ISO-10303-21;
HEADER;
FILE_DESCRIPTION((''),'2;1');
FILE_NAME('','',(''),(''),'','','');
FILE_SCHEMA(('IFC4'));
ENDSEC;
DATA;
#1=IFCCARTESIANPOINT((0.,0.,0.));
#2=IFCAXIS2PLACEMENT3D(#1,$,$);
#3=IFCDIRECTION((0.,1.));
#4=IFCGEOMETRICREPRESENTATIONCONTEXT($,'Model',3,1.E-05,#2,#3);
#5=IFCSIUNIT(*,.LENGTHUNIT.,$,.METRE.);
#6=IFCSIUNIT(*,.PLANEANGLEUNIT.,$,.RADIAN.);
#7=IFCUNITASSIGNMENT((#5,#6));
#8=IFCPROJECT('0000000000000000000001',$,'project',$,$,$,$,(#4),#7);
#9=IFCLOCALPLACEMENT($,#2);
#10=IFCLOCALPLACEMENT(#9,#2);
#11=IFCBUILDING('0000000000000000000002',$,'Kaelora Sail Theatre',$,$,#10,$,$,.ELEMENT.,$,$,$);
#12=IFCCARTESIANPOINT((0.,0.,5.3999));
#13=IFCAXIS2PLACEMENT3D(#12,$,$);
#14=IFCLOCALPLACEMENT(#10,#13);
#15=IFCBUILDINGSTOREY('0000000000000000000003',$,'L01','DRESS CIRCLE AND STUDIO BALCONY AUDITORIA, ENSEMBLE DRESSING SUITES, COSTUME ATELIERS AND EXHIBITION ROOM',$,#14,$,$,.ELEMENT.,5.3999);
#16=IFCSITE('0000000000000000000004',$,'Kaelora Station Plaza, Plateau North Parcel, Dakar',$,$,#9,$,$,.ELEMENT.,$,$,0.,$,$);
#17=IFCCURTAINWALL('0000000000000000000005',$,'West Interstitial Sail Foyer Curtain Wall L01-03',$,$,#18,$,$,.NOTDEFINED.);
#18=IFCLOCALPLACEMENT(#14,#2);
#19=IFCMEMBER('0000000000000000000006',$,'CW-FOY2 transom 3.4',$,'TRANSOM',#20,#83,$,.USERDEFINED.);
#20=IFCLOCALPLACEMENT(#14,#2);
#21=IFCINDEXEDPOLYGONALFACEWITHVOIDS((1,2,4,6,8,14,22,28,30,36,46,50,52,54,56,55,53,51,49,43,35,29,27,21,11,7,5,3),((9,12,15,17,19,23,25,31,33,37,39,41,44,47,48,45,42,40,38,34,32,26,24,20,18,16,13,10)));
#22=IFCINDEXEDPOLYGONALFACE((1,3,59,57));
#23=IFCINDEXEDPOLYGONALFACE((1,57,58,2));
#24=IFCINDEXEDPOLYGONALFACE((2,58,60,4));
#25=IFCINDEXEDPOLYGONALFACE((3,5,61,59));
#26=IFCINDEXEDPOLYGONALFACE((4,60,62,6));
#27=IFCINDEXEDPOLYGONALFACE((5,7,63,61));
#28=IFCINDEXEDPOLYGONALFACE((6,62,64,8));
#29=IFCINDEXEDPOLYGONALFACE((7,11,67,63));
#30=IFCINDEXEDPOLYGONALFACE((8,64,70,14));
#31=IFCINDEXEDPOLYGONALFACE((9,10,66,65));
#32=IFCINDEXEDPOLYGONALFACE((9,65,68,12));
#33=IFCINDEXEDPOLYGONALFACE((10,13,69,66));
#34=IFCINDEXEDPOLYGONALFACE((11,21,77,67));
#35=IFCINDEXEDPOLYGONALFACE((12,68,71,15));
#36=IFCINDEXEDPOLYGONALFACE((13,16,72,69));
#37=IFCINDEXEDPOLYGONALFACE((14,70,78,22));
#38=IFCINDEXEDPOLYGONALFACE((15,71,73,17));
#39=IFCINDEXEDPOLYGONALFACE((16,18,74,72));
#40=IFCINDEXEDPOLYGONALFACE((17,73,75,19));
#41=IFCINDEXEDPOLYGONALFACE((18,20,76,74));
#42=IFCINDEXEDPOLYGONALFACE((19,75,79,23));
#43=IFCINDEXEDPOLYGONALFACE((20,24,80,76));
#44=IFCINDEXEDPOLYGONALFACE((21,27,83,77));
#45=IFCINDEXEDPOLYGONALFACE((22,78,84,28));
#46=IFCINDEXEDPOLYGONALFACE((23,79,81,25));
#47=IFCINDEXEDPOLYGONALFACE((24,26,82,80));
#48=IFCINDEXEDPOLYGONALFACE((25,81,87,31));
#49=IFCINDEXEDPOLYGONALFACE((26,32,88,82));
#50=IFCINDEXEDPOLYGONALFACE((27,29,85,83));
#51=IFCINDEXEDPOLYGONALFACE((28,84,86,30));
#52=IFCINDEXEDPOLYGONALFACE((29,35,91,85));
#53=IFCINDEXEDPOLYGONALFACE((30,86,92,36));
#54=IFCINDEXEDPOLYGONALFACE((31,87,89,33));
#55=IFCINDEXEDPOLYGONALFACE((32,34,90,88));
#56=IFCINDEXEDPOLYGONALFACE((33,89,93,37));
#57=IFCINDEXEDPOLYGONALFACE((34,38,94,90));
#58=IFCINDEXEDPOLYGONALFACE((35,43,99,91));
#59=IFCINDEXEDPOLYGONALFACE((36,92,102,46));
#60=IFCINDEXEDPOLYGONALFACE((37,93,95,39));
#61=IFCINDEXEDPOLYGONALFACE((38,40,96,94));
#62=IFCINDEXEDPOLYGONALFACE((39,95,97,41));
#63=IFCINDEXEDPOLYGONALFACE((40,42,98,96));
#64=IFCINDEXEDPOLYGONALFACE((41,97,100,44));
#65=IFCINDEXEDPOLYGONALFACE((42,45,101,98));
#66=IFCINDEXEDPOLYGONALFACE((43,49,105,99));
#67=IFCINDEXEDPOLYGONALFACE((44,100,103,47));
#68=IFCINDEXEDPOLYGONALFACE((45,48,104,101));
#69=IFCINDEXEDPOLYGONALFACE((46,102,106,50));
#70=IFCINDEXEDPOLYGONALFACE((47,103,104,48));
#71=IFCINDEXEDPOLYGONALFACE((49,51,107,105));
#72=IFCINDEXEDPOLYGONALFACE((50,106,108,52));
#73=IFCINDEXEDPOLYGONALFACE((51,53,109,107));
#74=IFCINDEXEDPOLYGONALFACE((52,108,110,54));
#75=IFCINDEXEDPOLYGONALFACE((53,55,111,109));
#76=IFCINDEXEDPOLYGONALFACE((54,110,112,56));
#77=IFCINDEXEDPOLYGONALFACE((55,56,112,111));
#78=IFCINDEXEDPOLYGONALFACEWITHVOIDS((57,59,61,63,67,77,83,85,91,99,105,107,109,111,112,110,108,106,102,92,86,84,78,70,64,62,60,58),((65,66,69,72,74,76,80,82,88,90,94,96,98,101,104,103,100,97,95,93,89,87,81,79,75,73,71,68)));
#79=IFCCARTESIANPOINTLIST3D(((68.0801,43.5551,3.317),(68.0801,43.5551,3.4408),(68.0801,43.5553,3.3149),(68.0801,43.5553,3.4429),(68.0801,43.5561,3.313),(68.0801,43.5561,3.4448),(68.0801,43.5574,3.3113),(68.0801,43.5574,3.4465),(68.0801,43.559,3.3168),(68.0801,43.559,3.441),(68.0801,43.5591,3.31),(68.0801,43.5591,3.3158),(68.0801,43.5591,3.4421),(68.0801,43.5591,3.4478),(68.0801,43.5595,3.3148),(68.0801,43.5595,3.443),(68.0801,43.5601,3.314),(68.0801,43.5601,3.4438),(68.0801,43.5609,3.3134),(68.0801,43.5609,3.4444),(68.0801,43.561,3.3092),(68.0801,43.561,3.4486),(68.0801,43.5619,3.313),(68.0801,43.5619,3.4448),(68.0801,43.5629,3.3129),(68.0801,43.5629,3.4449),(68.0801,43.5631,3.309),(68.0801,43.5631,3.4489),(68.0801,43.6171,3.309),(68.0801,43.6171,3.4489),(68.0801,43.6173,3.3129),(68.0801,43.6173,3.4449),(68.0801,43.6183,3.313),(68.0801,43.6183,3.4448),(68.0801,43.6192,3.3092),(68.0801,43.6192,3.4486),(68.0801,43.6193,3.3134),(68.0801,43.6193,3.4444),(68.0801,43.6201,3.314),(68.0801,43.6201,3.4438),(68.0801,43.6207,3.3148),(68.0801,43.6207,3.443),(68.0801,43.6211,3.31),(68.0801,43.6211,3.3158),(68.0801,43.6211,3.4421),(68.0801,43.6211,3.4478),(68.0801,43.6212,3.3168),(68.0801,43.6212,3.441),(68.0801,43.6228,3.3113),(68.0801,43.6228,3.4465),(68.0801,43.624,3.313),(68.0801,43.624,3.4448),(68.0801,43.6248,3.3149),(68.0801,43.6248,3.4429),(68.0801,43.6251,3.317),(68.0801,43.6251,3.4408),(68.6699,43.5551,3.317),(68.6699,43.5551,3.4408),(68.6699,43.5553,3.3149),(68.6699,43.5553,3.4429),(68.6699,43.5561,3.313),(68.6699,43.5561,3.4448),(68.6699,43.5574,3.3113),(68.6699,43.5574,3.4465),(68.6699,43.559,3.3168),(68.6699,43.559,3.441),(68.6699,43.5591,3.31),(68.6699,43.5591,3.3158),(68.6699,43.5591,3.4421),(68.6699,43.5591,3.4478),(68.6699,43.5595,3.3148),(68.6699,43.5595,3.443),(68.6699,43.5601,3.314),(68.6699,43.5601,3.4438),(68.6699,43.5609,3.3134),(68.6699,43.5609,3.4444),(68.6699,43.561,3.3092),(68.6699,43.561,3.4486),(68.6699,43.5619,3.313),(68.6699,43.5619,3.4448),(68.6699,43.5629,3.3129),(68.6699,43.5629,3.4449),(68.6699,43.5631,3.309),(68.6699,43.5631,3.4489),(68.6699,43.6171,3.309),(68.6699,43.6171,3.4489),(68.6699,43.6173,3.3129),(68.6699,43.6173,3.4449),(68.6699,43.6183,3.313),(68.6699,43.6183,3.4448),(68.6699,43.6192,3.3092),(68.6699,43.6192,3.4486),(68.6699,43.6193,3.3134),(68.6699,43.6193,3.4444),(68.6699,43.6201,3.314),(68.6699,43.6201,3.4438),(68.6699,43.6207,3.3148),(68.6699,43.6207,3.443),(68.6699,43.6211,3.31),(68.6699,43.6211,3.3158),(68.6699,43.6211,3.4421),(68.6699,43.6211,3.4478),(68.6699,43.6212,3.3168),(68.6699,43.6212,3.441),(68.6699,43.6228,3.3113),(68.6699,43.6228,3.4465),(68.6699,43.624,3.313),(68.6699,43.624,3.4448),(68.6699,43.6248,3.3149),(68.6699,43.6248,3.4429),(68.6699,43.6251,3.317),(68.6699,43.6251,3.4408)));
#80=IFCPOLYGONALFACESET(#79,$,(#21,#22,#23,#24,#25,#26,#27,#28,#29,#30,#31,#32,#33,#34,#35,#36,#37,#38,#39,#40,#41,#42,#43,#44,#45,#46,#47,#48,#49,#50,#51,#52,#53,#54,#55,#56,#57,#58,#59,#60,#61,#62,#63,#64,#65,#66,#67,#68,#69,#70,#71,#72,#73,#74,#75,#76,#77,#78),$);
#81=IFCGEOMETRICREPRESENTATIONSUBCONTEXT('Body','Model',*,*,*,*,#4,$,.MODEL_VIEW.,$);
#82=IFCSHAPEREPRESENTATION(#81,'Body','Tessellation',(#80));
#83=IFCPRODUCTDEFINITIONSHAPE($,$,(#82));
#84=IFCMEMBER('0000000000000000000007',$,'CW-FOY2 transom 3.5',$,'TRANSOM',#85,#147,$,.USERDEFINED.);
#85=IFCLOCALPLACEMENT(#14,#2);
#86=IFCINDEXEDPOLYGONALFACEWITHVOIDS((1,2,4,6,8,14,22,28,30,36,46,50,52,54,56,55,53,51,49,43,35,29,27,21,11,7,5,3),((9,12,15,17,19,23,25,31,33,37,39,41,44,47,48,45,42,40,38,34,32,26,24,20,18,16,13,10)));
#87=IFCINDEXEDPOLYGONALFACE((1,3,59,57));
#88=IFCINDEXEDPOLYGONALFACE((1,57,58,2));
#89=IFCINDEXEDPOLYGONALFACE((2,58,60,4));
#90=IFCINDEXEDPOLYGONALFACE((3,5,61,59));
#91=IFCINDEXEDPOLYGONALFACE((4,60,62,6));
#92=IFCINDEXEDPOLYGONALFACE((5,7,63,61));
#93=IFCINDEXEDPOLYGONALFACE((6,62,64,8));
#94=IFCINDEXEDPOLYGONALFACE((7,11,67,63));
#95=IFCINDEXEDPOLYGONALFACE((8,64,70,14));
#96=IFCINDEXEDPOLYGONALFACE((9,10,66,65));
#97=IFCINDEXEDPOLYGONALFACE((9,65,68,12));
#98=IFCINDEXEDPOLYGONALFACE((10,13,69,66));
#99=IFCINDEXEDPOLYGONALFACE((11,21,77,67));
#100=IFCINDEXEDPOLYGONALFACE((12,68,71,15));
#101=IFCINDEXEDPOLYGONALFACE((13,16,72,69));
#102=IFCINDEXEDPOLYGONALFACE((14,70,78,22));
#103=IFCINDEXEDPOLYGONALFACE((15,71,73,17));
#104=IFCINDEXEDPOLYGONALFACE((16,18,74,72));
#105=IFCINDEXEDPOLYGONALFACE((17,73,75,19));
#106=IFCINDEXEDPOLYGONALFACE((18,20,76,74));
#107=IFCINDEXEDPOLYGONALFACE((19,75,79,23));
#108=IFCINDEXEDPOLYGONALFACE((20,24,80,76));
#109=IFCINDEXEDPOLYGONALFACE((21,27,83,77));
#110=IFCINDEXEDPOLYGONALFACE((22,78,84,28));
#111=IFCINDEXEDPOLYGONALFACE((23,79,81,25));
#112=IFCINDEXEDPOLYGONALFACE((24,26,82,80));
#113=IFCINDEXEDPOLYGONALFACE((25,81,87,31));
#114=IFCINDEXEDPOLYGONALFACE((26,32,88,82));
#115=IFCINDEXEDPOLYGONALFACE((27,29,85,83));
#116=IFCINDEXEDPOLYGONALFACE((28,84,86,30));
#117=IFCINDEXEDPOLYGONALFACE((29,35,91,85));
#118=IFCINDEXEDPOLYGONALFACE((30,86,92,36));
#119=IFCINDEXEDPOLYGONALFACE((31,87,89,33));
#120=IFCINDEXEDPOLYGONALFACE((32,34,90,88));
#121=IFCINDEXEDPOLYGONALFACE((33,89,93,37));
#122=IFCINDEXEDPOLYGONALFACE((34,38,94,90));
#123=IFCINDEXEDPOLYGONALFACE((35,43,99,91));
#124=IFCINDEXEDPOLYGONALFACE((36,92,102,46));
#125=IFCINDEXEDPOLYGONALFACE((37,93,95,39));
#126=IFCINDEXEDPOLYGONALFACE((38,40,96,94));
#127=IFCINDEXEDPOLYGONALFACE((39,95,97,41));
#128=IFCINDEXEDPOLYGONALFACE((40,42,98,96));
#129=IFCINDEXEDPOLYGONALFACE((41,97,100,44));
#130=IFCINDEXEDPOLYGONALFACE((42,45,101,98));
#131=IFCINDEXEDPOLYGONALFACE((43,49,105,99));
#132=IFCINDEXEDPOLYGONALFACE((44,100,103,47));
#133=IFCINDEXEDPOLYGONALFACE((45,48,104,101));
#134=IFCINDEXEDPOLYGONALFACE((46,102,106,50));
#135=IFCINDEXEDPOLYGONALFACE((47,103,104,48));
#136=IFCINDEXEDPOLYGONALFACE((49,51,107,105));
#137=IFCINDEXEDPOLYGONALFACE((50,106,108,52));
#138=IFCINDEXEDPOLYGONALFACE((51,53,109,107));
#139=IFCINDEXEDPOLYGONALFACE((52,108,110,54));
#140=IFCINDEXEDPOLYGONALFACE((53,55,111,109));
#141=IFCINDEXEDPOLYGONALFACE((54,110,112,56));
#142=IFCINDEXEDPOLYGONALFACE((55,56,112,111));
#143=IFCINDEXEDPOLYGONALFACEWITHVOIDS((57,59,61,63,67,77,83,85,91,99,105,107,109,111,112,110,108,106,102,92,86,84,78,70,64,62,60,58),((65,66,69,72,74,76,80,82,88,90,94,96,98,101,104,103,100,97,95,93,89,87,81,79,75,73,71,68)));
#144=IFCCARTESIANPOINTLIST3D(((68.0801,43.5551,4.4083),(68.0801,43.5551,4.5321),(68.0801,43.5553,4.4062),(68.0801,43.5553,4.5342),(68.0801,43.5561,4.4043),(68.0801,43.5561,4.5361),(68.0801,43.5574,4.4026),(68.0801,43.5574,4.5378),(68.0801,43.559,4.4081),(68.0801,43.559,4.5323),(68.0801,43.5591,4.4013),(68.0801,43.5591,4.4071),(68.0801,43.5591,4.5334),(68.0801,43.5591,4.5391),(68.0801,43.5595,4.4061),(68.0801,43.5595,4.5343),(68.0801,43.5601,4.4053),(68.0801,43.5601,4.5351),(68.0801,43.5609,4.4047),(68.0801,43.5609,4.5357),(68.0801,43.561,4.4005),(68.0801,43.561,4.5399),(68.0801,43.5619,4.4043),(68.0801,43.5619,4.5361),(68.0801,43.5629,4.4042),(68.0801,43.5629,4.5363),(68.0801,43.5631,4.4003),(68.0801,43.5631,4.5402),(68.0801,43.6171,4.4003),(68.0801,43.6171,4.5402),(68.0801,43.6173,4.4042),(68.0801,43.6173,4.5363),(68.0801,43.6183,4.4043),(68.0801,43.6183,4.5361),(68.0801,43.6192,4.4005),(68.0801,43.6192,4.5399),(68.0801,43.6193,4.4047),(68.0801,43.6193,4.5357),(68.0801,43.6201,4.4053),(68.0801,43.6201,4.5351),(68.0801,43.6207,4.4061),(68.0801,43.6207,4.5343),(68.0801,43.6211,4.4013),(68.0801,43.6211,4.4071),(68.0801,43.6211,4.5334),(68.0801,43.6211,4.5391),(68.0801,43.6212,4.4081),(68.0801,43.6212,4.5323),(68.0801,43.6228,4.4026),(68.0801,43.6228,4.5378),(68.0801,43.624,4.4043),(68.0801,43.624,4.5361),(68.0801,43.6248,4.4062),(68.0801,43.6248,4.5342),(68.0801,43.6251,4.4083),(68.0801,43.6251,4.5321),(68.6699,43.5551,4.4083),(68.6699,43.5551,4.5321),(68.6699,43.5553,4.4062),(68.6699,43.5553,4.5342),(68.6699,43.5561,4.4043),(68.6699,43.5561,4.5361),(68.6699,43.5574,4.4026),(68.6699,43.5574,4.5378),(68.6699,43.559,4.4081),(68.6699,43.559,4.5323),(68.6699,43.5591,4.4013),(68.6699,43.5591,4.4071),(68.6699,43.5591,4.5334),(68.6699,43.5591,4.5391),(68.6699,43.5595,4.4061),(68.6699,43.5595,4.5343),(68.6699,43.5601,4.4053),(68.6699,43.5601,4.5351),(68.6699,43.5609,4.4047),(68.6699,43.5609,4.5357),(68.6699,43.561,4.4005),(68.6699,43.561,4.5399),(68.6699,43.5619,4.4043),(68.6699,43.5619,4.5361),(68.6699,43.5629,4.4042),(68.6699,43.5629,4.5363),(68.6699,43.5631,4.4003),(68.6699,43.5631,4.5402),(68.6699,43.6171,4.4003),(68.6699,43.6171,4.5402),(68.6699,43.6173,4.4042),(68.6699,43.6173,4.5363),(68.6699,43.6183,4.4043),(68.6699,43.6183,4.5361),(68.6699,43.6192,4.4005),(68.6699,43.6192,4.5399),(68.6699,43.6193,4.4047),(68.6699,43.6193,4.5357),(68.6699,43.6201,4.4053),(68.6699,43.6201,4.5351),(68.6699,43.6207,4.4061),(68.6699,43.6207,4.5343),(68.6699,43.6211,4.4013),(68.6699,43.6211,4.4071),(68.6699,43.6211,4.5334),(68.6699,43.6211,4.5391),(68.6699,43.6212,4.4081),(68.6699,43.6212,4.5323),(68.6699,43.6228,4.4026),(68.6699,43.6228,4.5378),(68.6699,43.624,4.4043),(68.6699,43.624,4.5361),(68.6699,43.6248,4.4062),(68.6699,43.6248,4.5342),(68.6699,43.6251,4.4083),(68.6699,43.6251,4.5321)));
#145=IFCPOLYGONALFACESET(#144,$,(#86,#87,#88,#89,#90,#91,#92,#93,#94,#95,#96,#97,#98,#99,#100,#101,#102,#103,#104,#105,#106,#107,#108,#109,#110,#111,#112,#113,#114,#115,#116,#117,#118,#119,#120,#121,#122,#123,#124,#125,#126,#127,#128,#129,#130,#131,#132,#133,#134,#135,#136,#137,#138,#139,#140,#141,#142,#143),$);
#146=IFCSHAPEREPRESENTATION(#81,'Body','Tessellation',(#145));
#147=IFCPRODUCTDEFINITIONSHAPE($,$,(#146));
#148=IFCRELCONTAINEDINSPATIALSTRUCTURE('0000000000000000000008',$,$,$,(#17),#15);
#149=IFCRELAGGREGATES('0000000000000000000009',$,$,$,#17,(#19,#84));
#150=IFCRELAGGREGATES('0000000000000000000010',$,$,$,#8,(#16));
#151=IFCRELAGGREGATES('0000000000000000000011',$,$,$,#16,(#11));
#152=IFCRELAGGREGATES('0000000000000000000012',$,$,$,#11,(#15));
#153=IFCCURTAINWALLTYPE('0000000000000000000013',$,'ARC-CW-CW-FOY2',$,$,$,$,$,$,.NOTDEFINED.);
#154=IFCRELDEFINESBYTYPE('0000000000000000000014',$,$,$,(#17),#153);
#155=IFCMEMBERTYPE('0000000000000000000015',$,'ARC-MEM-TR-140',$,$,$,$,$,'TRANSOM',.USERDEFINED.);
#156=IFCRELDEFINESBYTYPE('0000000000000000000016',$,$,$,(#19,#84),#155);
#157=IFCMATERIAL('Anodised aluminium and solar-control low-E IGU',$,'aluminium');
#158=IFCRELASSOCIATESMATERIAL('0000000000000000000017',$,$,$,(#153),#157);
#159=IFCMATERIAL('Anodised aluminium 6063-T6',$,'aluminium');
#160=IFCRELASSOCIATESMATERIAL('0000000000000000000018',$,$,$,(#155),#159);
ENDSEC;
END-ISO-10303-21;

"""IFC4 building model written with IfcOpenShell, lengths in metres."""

from ifc_helpers import new_model, si_unit, direction, frame, origin, origin_2d, place, context, subcontext, project, spatial, hollow_rectangle, extrude, material, material_profile, profile_set, type_object, element, aggregate, save


model = new_model("IFC4")

# Units and contexts
model_context = context("Model", 3, precision=1e-05, world=origin(), true_north=direction((0.0, 1.0)))
body_context = subcontext(model_context, "Body", "Model", "MODEL_VIEW")
ifc_project = project(units=[si_unit("LENGTHUNIT", "METRE"), si_unit("PLANEANGLEUNIT", "RADIAN")], contexts=[model_context])

# Site, building, storey
site_placement = place(None, origin())
site = spatial("IfcSite", under=ifc_project, at=site_placement, Name="Kaelora Station Plaza, Plateau North Parcel, Dakar", CompositionType="ELEMENT", RefElevation=0.0)
building_placement = place(site_placement, origin())
building = spatial("IfcBuilding", under=site, at=building_placement, Name="Kaelora Sail Theatre", CompositionType="ELEMENT")
storey_placement = place(building_placement, frame((0.0, 0.0, 5.3999)))
storey = spatial("IfcBuildingStorey", under=building, at=storey_placement, Name="L01", Description="DRESS CIRCLE AND STUDIO BALCONY AUDITORIA, ENSEMBLE DRESSING SUITES, COSTUME ATELIERS AND EXHIBITION ROOM", CompositionType="ELEMENT", Elevation=5.3999)

# Curtain wall, members
ifc_material_1 = material(Name="Anodised aluminium and solar-control low-E IGU", Category="aluminium")
curtain_wall_type = type_object("IfcCurtainWallType", Name="ARC-CW-CW-FOY2", PredefinedType="NOTDEFINED", material=ifc_material_1)
curtain_wall_placement = place(storey_placement, origin())
curtain_wall = element("IfcCurtainWall", 1, at=curtain_wall_placement, inside=storey, type_object=curtain_wall_type, Name="West Interstitial Sail Foyer Curtain Wall L01-03", PredefinedType="NOTDEFINED")
ifc_material_2 = material(Name="Anodised aluminium 6063-T6", Category="aluminium")
ifc_material_profile_1 = material_profile(ifc_material_2, hollow_rectangle(XDim=0.0701, YDim=0.1399, WallThickness=0.0039, InnerFilletRadius=0.0039, OuterFilletRadius=0.0081, at=origin_2d()), Name="ALU-TRAN 70x140x4")
ifc_profile_set_1 = profile_set([ifc_material_profile_1], Name="Anodised aluminium 6063-T6")
member_type_1 = type_object("IfcMemberType", Name="ARC-MEM-TR-140", ElementType="TRANSOM", PredefinedType="USERDEFINED", material=ifc_profile_set_1)
member_1_placement = place(storey_placement, frame((68.0801, 43.5901, 3.3789), z_axis=(1.0, 0.0, 0.0), x_axis=(0.0, 1.0, 0.0)))
member_1 = element("IfcMember", 2, at=member_1_placement, type_object=member_type_1, Name="CW-FOY2 transom 3.4", ObjectType="TRANSOM", PredefinedType="USERDEFINED", context=body_context, shape_type="SweptSolid", body=[
    extrude(hollow_rectangle(XDim=0.0701, YDim=0.1399, WallThickness=0.0039, InnerFilletRadius=0.0039, OuterFilletRadius=0.0081, at=origin_2d()), origin(), (0.0, 0.0, 1.0), 0.5898),
])
member_2_placement = place(storey_placement, frame((68.0801, 43.5901, 4.4702), z_axis=(1.0, 0.0, 0.0), x_axis=(0.0, 1.0, 0.0)))
member_2 = element("IfcMember", 3, at=member_2_placement, type_object=member_type_1, Name="CW-FOY2 transom 3.5", ObjectType="TRANSOM", PredefinedType="USERDEFINED", context=body_context, shape_type="SweptSolid", body=[
    extrude(hollow_rectangle(XDim=0.0701, YDim=0.1399, WallThickness=0.0039, InnerFilletRadius=0.0039, OuterFilletRadius=0.0081, at=origin_2d()), origin(), (0.0, 0.0, 1.0), 0.5898),
])

aggregate(curtain_wall, [member_1, member_2])

save(model, "model.ifc")
